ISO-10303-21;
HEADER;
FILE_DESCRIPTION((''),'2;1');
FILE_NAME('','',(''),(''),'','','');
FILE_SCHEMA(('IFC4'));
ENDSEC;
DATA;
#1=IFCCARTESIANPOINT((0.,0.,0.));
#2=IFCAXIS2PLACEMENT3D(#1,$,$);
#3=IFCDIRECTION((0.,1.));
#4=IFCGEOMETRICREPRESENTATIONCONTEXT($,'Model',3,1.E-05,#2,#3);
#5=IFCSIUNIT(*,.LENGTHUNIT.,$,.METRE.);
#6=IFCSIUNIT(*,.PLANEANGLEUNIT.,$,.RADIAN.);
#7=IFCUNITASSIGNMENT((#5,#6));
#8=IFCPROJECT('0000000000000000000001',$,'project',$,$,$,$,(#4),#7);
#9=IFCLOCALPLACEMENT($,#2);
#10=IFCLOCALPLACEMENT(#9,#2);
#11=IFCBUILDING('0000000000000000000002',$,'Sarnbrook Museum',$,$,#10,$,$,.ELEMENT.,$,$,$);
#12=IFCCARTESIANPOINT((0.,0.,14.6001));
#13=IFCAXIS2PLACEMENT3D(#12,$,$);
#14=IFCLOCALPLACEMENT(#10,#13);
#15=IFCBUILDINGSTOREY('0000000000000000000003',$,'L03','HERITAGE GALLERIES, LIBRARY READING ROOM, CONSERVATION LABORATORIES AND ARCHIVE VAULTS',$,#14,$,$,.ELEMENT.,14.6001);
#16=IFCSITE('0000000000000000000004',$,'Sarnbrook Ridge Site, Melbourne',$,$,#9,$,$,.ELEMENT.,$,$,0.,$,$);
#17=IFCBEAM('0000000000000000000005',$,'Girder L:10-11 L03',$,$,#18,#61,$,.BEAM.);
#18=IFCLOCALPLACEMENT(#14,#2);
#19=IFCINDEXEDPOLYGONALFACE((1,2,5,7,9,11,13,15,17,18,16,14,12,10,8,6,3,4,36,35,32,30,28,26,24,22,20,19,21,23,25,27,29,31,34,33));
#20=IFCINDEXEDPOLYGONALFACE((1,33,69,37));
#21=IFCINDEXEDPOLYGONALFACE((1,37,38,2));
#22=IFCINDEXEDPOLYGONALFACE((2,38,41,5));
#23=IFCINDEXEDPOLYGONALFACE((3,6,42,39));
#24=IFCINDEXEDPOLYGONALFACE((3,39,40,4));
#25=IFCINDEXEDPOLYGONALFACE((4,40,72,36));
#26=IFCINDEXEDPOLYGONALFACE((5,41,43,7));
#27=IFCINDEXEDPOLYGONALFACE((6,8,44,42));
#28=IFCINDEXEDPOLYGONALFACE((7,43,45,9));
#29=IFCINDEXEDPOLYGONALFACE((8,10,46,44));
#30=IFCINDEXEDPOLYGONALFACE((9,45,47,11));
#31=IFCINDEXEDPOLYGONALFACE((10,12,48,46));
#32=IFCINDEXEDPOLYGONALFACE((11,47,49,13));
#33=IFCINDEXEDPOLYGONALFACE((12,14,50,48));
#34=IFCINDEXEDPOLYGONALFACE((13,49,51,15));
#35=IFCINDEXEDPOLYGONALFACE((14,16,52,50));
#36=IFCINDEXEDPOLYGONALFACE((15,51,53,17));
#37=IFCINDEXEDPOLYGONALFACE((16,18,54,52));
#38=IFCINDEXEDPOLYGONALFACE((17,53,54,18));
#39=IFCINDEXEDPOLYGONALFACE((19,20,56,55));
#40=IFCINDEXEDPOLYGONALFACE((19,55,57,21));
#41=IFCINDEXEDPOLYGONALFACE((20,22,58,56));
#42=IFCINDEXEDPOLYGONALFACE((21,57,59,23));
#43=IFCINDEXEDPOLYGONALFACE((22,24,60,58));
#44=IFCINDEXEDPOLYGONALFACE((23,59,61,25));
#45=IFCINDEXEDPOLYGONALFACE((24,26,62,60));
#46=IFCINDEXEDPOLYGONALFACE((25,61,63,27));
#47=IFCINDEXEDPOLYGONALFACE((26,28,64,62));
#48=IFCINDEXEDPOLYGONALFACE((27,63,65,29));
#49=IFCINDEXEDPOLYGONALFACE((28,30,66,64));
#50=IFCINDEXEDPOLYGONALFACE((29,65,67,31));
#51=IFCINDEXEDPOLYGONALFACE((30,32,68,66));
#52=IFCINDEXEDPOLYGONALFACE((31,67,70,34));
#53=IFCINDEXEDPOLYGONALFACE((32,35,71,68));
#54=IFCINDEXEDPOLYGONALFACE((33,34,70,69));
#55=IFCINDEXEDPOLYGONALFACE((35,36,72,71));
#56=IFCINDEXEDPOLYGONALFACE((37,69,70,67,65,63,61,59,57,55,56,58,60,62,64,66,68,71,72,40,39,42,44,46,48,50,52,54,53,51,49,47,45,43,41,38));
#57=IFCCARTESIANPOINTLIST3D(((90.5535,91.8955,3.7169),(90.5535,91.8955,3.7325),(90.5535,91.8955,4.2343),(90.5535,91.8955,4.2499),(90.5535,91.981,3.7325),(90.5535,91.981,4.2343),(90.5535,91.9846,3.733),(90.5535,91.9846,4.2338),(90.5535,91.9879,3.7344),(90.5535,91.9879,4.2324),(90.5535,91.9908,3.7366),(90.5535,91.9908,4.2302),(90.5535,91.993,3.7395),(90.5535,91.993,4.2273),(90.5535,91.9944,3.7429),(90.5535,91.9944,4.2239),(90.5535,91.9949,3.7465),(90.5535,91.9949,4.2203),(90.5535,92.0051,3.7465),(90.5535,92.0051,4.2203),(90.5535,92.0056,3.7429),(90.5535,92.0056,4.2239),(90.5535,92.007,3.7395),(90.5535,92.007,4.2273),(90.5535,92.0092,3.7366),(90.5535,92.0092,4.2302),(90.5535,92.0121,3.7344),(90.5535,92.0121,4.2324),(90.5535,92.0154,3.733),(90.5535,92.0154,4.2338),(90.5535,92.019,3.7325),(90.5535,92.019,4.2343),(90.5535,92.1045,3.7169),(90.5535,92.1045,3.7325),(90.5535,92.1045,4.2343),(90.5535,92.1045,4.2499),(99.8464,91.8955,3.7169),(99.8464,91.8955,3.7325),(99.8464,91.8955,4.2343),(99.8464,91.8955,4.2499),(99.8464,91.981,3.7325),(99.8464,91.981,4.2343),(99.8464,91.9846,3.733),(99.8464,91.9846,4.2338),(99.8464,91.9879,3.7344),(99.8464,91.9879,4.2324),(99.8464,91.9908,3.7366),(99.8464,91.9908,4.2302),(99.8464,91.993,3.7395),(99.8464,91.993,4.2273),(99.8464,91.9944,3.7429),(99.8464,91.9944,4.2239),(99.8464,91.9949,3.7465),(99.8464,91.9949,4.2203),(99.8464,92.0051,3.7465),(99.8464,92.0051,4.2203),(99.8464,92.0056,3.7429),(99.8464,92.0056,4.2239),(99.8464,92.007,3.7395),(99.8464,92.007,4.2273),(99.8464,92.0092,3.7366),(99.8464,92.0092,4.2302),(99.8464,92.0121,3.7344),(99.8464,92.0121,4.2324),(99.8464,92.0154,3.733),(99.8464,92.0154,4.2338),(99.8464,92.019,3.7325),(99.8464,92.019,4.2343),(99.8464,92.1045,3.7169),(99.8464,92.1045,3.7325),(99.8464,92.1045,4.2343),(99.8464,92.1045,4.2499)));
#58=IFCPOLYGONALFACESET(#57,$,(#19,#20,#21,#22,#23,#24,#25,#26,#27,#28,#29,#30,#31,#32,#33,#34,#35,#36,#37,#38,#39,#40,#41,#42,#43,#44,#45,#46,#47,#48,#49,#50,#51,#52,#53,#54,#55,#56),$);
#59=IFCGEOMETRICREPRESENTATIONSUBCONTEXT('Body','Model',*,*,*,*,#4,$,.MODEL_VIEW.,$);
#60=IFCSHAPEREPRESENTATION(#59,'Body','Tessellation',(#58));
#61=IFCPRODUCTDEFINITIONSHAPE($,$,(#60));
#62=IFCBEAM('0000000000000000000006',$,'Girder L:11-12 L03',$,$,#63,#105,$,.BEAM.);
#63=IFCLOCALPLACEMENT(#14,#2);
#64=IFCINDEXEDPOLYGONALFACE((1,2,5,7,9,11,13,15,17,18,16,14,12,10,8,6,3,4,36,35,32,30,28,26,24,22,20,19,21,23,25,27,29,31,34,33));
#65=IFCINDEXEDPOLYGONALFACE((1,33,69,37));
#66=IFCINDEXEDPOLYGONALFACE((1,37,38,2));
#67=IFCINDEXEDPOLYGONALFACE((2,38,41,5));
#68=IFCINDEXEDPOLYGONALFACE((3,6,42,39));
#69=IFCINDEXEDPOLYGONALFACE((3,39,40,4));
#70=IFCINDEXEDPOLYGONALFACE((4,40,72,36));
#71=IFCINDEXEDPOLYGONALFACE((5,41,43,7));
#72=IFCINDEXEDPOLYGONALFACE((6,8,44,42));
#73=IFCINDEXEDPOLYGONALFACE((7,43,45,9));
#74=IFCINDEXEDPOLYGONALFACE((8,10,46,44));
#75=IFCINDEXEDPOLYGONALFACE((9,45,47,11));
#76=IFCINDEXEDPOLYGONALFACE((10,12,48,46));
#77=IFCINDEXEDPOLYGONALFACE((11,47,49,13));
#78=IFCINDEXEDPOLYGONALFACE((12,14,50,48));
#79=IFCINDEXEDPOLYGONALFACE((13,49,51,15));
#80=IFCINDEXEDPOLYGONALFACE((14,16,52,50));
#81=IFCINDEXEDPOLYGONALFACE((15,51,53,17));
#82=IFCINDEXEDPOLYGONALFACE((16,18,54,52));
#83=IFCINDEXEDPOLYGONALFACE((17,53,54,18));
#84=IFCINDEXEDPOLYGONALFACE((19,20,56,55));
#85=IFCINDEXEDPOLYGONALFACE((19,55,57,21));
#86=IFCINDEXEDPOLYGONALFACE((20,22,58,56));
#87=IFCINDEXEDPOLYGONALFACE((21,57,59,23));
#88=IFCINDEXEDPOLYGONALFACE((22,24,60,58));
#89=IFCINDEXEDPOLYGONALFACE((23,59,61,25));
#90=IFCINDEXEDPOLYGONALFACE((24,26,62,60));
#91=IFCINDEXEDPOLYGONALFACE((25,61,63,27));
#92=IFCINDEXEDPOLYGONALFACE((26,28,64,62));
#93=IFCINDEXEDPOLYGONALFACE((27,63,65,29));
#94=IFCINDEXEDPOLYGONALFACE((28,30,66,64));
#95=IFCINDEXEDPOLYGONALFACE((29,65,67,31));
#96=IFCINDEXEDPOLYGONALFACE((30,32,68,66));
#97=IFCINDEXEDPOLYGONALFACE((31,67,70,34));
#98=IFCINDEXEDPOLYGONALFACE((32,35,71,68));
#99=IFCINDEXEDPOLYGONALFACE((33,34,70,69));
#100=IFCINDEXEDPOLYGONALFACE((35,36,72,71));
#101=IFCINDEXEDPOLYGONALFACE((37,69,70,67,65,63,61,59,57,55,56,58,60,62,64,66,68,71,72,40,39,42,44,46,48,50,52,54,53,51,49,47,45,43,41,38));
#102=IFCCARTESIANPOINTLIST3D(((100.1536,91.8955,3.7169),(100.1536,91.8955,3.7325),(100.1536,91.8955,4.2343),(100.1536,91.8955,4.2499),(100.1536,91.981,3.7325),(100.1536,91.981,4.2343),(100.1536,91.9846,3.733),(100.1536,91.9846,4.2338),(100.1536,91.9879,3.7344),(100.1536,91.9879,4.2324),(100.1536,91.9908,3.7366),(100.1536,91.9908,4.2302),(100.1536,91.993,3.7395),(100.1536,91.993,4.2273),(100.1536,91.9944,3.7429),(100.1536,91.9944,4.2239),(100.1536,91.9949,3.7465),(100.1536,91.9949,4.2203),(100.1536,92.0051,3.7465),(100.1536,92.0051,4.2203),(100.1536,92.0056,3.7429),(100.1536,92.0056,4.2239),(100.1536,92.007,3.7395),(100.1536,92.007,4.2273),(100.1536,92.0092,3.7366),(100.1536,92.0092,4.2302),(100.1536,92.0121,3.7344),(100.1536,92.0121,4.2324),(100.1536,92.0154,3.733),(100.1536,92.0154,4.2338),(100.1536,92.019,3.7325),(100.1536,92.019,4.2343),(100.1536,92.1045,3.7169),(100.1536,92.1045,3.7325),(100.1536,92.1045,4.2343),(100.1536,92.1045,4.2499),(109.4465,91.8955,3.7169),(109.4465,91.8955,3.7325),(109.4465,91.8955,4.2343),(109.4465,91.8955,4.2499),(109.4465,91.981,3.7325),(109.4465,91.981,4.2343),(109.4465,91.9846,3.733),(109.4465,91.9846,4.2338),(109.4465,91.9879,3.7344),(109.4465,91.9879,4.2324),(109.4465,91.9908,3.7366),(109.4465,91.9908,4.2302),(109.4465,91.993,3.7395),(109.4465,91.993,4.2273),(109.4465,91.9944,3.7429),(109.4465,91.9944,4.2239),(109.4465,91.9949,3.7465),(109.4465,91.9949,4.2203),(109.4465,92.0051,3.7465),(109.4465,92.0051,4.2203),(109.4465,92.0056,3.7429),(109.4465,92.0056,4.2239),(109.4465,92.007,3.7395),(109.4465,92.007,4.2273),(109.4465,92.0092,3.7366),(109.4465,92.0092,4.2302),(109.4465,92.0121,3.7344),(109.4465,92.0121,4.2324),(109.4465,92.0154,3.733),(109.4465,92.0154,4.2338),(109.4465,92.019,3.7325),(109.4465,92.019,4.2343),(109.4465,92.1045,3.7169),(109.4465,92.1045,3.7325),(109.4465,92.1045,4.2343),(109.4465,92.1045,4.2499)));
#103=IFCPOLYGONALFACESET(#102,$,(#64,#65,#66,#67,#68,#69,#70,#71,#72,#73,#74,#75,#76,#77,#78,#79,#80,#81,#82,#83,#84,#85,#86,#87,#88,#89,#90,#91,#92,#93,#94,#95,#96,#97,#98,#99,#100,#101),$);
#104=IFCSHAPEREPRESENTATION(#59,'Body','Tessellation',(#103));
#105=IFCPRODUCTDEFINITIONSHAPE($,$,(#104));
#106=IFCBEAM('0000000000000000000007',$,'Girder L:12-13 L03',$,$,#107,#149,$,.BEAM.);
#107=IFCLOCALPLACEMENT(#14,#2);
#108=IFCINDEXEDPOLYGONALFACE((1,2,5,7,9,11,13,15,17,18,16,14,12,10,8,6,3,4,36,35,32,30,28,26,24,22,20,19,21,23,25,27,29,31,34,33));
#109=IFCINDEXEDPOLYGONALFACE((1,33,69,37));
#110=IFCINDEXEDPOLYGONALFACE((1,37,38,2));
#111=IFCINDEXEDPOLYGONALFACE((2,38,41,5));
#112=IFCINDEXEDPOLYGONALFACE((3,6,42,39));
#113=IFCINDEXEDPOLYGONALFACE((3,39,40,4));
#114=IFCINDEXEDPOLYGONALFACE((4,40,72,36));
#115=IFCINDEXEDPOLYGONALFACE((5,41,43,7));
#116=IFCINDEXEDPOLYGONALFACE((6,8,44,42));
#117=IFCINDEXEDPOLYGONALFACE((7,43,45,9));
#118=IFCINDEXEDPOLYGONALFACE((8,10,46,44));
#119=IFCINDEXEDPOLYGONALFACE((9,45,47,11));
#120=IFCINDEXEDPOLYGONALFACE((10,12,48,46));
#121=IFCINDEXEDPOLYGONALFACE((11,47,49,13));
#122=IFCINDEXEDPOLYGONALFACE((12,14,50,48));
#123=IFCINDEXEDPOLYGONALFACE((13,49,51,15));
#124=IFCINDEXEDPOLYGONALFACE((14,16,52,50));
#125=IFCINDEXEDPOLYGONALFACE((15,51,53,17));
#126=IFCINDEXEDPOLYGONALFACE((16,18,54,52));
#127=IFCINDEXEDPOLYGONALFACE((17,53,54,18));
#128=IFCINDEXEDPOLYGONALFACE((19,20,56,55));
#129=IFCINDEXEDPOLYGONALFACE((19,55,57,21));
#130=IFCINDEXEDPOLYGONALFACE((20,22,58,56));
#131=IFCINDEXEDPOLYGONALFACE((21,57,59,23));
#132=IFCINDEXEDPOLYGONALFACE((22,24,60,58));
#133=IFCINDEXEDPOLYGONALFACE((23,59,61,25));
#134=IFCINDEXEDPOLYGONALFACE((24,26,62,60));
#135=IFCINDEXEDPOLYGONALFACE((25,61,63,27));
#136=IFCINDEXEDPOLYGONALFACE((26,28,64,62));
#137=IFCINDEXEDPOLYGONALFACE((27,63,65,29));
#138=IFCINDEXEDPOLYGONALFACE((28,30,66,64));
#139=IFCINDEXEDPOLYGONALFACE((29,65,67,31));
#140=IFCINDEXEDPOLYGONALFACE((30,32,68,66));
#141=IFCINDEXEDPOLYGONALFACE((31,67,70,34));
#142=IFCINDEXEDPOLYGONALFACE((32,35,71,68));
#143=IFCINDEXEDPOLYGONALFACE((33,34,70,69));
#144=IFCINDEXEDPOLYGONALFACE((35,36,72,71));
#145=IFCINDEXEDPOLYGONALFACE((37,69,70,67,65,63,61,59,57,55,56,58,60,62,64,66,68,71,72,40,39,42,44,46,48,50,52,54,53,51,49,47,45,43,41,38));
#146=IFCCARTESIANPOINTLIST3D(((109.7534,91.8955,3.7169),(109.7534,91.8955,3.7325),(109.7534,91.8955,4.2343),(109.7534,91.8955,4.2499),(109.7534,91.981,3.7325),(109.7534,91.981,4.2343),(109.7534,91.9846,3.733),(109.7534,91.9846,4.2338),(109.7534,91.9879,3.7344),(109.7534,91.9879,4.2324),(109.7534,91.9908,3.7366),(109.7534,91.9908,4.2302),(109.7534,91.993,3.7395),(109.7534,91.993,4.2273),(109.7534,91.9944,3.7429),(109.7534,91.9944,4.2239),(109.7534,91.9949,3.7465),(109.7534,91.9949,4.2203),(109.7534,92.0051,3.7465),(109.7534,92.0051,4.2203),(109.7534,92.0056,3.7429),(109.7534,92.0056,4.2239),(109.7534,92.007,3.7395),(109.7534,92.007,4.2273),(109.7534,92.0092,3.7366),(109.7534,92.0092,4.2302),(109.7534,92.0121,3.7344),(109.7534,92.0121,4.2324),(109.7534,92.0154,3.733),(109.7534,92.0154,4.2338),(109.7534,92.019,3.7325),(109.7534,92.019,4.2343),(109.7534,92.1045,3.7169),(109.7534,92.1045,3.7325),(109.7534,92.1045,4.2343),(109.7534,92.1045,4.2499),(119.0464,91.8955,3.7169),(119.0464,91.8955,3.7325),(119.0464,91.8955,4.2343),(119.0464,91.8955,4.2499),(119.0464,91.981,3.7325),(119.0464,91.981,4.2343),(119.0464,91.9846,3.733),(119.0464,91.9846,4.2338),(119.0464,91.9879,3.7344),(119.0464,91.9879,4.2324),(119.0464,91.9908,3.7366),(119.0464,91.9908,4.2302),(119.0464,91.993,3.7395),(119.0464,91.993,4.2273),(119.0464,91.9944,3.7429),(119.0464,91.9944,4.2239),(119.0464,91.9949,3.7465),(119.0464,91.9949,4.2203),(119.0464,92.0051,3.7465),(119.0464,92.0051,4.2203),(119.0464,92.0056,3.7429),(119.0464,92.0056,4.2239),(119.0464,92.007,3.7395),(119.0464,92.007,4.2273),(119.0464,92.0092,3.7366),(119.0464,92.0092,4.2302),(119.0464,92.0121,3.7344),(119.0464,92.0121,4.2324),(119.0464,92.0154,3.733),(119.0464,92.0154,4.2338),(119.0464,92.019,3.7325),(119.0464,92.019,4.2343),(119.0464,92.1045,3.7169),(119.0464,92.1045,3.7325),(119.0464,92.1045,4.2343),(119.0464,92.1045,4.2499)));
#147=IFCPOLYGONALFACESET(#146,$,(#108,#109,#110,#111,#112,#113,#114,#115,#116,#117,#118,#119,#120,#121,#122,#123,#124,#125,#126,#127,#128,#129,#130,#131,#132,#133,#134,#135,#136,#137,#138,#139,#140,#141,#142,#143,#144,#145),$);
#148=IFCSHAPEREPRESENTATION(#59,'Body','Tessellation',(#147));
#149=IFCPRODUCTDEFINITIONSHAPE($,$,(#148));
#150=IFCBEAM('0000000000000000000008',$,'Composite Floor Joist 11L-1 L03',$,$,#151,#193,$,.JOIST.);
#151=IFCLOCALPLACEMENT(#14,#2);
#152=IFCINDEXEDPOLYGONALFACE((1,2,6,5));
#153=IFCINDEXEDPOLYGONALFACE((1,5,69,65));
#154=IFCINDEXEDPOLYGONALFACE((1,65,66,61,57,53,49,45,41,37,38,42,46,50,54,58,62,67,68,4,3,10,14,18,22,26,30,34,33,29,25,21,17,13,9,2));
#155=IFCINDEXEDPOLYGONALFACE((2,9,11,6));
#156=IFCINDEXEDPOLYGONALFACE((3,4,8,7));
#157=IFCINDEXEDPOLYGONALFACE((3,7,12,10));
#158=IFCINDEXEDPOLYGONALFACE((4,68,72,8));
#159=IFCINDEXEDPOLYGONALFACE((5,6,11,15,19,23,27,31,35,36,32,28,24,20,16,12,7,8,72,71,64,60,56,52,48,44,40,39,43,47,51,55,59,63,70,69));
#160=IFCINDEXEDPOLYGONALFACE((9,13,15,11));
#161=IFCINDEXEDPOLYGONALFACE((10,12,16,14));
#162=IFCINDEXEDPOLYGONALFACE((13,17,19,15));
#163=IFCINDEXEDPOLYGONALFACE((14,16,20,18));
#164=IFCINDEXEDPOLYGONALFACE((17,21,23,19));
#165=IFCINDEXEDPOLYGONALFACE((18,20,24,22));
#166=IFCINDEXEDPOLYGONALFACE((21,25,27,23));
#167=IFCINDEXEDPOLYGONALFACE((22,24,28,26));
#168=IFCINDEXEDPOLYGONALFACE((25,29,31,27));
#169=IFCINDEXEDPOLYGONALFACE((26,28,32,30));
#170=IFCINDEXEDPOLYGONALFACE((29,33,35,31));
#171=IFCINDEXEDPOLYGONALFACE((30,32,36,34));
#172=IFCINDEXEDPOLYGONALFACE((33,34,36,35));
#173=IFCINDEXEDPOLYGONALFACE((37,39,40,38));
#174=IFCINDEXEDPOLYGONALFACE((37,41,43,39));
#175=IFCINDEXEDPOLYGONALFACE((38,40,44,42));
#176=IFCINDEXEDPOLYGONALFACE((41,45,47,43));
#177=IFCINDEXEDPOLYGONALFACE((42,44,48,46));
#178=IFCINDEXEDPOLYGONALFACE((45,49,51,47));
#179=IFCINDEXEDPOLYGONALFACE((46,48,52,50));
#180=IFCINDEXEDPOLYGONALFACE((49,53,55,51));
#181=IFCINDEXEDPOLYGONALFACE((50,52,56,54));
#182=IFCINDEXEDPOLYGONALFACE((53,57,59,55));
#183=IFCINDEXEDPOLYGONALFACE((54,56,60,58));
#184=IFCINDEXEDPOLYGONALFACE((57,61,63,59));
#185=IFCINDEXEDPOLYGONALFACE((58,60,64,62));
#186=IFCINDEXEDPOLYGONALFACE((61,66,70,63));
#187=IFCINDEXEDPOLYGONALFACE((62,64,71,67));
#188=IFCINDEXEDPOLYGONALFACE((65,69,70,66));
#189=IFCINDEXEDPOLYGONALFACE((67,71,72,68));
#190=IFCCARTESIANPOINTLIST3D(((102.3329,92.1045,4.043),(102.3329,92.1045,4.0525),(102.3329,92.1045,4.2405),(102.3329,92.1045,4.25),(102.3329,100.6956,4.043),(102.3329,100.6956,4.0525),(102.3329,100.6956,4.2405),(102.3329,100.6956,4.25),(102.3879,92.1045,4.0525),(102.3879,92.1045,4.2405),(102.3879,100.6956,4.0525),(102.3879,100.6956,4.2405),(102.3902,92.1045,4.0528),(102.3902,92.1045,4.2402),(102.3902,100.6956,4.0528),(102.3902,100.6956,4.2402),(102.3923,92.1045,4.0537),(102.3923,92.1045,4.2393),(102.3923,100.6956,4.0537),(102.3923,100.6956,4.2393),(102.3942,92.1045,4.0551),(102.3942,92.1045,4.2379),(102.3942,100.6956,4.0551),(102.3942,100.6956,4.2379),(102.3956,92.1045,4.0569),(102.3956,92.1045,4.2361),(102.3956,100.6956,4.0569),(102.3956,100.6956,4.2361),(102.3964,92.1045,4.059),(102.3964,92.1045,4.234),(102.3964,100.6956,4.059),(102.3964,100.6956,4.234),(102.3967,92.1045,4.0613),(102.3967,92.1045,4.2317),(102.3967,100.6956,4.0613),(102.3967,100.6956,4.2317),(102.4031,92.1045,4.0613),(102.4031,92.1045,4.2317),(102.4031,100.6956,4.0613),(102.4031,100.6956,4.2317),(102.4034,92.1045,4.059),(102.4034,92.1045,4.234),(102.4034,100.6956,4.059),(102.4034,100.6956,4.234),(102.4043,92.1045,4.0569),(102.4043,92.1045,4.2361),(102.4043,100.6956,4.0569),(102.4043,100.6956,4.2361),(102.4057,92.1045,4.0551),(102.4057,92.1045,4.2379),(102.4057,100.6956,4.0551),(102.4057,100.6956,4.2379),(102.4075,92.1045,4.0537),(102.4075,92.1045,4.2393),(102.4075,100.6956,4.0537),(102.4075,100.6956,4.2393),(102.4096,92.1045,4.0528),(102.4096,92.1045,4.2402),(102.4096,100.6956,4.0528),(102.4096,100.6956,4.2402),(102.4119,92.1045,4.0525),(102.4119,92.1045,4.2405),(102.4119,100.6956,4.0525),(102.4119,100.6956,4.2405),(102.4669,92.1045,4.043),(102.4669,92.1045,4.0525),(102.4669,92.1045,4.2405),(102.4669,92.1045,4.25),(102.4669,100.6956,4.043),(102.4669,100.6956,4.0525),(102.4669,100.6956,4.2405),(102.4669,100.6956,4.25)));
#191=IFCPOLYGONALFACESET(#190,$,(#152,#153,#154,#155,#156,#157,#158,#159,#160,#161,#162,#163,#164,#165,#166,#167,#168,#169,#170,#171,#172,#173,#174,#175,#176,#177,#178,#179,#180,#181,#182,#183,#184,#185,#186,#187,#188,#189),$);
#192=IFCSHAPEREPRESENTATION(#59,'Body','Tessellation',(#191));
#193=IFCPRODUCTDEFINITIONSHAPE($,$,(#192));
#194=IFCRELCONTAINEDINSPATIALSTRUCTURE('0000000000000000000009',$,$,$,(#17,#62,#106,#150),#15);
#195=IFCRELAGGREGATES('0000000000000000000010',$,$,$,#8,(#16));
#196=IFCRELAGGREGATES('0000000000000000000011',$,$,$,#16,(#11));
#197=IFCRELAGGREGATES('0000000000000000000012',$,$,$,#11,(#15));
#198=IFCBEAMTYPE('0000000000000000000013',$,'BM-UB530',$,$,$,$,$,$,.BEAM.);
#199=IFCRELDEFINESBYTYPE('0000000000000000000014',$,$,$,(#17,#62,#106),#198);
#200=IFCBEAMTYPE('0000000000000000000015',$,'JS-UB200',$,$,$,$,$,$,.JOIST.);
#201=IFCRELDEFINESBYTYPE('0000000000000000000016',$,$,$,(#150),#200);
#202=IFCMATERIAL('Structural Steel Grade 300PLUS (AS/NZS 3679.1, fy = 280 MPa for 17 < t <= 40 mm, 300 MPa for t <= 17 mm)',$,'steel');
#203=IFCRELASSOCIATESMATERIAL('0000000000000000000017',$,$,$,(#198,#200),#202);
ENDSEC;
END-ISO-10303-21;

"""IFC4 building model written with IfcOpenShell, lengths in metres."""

from ifc_helpers import new_model, si_unit, direction, frame, origin, origin_2d, place, context, subcontext, project, spatial, i_section, extrude, material, material_profile, profile_set, type_object, element, save


model = new_model("IFC4")

# Units and contexts
model_context = context("Model", 3, precision=1e-05, world=origin(), true_north=direction((0.0, 1.0)))
body_context = subcontext(model_context, "Body", "Model", "MODEL_VIEW")
ifc_project = project(units=[si_unit("LENGTHUNIT", "METRE"), si_unit("PLANEANGLEUNIT", "RADIAN")], contexts=[model_context])

# Site, building, storey
site_placement = place(None, origin())
site = spatial("IfcSite", under=ifc_project, at=site_placement, Name="Sarnbrook Ridge Site, Melbourne", CompositionType="ELEMENT", RefElevation=0.0)
building_placement = place(site_placement, origin())
building = spatial("IfcBuilding", under=site, at=building_placement, Name="Sarnbrook Museum", CompositionType="ELEMENT")
storey_placement = place(building_placement, frame((0.0, 0.0, 14.6001)))
storey = spatial("IfcBuildingStorey", under=building, at=storey_placement, Name="L03", Description="HERITAGE GALLERIES, LIBRARY READING ROOM, CONSERVATION LABORATORIES AND ARCHIVE VAULTS", CompositionType="ELEMENT", Elevation=14.6001)

# Shared definitions
ifc_material_1 = material(Name="Structural Steel Grade 300PLUS (AS/NZS 3679.1, fy = 280 MPa for 17 < t <= 40 mm, 300 MPa for t <= 17 mm)", Category="steel")

# Beams
ifc_material_profile_1 = material_profile(ifc_material_1, i_section(OverallWidth=0.209, OverallDepth=0.533, WebThickness=0.0103, FlangeThickness=0.0156, FilletRadius=0.0139, at=origin_2d()), Name="530UB92.4")
ifc_profile_set_1 = profile_set([ifc_material_profile_1], Name="Structural Steel Grade 300PLUS (AS/NZS 3679.1, fy = 280 MPa for 17 < t <= 40 mm, 300 MPa for t <= 17 mm)")
beam_type_1 = type_object("IfcBeamType", Name="BM-UB530", PredefinedType="BEAM", material=ifc_profile_set_1)
for number, where, z_axis, x_axis, name in (
    (1, (90.5535, 92.0, 3.9834), (1.0, 0.0, 0.0), (0.0, 1.0, 0.0), "Girder L:10-11 L03"),
    (2, (100.1536, 92.0, 3.9834), (1.0, 0.0, 0.0), (0.0, 1.0, 0.0), "Girder L:11-12 L03"),
    (3, (109.7534, 92.0, 3.9834), (1.0, 0.0, 0.0), (0.0, 1.0, 0.0), "Girder L:12-13 L03"),
):
    element("IfcBeam", number, at=place(storey_placement, frame(where, z_axis=z_axis, x_axis=x_axis)), inside=storey, type_object=beam_type_1, Name=name, PredefinedType="BEAM", context=body_context, shape_type="SweptSolid", body=[
        extrude(i_section(OverallWidth=0.209, OverallDepth=0.533, WebThickness=0.0103, FlangeThickness=0.0156, FilletRadius=0.0139, at=origin_2d()), origin(), (0.0, 0.0, 1.0), 9.293),
    ])
ifc_material_profile_2 = material_profile(ifc_material_1, i_section(OverallWidth=0.134, OverallDepth=0.207, WebThickness=0.0063, FlangeThickness=0.0095, FilletRadius=0.0088, at=origin_2d()), Name="200UB29.8")
ifc_profile_set_2 = profile_set([ifc_material_profile_2], Name="Structural Steel Grade 300PLUS (AS/NZS 3679.1, fy = 280 MPa for 17 < t <= 40 mm, 300 MPa for t <= 17 mm)")
beam_type_2 = type_object("IfcBeamType", Name="JS-UB200", PredefinedType="JOIST", material=ifc_profile_set_2)
for number, where, z_axis, x_axis, name in (
    (4, (102.3999, 92.1045, 4.1465), (0.0, 1.0, 0.0), (-1.0, 0.0, 0.0), "Composite Floor Joist 11L-1 L03"),
):
    element("IfcBeam", number, at=place(storey_placement, frame(where, z_axis=z_axis, x_axis=x_axis)), inside=storey, type_object=beam_type_2, Name=name, PredefinedType="JOIST", context=body_context, shape_type="SweptSolid", body=[
        extrude(i_section(OverallWidth=0.134, OverallDepth=0.207, WebThickness=0.0063, FlangeThickness=0.0095, FilletRadius=0.0088, at=origin_2d()), origin(), (0.0, 0.0, 1.0), 8.5911),
    ])

save(model, "model.ifc")
